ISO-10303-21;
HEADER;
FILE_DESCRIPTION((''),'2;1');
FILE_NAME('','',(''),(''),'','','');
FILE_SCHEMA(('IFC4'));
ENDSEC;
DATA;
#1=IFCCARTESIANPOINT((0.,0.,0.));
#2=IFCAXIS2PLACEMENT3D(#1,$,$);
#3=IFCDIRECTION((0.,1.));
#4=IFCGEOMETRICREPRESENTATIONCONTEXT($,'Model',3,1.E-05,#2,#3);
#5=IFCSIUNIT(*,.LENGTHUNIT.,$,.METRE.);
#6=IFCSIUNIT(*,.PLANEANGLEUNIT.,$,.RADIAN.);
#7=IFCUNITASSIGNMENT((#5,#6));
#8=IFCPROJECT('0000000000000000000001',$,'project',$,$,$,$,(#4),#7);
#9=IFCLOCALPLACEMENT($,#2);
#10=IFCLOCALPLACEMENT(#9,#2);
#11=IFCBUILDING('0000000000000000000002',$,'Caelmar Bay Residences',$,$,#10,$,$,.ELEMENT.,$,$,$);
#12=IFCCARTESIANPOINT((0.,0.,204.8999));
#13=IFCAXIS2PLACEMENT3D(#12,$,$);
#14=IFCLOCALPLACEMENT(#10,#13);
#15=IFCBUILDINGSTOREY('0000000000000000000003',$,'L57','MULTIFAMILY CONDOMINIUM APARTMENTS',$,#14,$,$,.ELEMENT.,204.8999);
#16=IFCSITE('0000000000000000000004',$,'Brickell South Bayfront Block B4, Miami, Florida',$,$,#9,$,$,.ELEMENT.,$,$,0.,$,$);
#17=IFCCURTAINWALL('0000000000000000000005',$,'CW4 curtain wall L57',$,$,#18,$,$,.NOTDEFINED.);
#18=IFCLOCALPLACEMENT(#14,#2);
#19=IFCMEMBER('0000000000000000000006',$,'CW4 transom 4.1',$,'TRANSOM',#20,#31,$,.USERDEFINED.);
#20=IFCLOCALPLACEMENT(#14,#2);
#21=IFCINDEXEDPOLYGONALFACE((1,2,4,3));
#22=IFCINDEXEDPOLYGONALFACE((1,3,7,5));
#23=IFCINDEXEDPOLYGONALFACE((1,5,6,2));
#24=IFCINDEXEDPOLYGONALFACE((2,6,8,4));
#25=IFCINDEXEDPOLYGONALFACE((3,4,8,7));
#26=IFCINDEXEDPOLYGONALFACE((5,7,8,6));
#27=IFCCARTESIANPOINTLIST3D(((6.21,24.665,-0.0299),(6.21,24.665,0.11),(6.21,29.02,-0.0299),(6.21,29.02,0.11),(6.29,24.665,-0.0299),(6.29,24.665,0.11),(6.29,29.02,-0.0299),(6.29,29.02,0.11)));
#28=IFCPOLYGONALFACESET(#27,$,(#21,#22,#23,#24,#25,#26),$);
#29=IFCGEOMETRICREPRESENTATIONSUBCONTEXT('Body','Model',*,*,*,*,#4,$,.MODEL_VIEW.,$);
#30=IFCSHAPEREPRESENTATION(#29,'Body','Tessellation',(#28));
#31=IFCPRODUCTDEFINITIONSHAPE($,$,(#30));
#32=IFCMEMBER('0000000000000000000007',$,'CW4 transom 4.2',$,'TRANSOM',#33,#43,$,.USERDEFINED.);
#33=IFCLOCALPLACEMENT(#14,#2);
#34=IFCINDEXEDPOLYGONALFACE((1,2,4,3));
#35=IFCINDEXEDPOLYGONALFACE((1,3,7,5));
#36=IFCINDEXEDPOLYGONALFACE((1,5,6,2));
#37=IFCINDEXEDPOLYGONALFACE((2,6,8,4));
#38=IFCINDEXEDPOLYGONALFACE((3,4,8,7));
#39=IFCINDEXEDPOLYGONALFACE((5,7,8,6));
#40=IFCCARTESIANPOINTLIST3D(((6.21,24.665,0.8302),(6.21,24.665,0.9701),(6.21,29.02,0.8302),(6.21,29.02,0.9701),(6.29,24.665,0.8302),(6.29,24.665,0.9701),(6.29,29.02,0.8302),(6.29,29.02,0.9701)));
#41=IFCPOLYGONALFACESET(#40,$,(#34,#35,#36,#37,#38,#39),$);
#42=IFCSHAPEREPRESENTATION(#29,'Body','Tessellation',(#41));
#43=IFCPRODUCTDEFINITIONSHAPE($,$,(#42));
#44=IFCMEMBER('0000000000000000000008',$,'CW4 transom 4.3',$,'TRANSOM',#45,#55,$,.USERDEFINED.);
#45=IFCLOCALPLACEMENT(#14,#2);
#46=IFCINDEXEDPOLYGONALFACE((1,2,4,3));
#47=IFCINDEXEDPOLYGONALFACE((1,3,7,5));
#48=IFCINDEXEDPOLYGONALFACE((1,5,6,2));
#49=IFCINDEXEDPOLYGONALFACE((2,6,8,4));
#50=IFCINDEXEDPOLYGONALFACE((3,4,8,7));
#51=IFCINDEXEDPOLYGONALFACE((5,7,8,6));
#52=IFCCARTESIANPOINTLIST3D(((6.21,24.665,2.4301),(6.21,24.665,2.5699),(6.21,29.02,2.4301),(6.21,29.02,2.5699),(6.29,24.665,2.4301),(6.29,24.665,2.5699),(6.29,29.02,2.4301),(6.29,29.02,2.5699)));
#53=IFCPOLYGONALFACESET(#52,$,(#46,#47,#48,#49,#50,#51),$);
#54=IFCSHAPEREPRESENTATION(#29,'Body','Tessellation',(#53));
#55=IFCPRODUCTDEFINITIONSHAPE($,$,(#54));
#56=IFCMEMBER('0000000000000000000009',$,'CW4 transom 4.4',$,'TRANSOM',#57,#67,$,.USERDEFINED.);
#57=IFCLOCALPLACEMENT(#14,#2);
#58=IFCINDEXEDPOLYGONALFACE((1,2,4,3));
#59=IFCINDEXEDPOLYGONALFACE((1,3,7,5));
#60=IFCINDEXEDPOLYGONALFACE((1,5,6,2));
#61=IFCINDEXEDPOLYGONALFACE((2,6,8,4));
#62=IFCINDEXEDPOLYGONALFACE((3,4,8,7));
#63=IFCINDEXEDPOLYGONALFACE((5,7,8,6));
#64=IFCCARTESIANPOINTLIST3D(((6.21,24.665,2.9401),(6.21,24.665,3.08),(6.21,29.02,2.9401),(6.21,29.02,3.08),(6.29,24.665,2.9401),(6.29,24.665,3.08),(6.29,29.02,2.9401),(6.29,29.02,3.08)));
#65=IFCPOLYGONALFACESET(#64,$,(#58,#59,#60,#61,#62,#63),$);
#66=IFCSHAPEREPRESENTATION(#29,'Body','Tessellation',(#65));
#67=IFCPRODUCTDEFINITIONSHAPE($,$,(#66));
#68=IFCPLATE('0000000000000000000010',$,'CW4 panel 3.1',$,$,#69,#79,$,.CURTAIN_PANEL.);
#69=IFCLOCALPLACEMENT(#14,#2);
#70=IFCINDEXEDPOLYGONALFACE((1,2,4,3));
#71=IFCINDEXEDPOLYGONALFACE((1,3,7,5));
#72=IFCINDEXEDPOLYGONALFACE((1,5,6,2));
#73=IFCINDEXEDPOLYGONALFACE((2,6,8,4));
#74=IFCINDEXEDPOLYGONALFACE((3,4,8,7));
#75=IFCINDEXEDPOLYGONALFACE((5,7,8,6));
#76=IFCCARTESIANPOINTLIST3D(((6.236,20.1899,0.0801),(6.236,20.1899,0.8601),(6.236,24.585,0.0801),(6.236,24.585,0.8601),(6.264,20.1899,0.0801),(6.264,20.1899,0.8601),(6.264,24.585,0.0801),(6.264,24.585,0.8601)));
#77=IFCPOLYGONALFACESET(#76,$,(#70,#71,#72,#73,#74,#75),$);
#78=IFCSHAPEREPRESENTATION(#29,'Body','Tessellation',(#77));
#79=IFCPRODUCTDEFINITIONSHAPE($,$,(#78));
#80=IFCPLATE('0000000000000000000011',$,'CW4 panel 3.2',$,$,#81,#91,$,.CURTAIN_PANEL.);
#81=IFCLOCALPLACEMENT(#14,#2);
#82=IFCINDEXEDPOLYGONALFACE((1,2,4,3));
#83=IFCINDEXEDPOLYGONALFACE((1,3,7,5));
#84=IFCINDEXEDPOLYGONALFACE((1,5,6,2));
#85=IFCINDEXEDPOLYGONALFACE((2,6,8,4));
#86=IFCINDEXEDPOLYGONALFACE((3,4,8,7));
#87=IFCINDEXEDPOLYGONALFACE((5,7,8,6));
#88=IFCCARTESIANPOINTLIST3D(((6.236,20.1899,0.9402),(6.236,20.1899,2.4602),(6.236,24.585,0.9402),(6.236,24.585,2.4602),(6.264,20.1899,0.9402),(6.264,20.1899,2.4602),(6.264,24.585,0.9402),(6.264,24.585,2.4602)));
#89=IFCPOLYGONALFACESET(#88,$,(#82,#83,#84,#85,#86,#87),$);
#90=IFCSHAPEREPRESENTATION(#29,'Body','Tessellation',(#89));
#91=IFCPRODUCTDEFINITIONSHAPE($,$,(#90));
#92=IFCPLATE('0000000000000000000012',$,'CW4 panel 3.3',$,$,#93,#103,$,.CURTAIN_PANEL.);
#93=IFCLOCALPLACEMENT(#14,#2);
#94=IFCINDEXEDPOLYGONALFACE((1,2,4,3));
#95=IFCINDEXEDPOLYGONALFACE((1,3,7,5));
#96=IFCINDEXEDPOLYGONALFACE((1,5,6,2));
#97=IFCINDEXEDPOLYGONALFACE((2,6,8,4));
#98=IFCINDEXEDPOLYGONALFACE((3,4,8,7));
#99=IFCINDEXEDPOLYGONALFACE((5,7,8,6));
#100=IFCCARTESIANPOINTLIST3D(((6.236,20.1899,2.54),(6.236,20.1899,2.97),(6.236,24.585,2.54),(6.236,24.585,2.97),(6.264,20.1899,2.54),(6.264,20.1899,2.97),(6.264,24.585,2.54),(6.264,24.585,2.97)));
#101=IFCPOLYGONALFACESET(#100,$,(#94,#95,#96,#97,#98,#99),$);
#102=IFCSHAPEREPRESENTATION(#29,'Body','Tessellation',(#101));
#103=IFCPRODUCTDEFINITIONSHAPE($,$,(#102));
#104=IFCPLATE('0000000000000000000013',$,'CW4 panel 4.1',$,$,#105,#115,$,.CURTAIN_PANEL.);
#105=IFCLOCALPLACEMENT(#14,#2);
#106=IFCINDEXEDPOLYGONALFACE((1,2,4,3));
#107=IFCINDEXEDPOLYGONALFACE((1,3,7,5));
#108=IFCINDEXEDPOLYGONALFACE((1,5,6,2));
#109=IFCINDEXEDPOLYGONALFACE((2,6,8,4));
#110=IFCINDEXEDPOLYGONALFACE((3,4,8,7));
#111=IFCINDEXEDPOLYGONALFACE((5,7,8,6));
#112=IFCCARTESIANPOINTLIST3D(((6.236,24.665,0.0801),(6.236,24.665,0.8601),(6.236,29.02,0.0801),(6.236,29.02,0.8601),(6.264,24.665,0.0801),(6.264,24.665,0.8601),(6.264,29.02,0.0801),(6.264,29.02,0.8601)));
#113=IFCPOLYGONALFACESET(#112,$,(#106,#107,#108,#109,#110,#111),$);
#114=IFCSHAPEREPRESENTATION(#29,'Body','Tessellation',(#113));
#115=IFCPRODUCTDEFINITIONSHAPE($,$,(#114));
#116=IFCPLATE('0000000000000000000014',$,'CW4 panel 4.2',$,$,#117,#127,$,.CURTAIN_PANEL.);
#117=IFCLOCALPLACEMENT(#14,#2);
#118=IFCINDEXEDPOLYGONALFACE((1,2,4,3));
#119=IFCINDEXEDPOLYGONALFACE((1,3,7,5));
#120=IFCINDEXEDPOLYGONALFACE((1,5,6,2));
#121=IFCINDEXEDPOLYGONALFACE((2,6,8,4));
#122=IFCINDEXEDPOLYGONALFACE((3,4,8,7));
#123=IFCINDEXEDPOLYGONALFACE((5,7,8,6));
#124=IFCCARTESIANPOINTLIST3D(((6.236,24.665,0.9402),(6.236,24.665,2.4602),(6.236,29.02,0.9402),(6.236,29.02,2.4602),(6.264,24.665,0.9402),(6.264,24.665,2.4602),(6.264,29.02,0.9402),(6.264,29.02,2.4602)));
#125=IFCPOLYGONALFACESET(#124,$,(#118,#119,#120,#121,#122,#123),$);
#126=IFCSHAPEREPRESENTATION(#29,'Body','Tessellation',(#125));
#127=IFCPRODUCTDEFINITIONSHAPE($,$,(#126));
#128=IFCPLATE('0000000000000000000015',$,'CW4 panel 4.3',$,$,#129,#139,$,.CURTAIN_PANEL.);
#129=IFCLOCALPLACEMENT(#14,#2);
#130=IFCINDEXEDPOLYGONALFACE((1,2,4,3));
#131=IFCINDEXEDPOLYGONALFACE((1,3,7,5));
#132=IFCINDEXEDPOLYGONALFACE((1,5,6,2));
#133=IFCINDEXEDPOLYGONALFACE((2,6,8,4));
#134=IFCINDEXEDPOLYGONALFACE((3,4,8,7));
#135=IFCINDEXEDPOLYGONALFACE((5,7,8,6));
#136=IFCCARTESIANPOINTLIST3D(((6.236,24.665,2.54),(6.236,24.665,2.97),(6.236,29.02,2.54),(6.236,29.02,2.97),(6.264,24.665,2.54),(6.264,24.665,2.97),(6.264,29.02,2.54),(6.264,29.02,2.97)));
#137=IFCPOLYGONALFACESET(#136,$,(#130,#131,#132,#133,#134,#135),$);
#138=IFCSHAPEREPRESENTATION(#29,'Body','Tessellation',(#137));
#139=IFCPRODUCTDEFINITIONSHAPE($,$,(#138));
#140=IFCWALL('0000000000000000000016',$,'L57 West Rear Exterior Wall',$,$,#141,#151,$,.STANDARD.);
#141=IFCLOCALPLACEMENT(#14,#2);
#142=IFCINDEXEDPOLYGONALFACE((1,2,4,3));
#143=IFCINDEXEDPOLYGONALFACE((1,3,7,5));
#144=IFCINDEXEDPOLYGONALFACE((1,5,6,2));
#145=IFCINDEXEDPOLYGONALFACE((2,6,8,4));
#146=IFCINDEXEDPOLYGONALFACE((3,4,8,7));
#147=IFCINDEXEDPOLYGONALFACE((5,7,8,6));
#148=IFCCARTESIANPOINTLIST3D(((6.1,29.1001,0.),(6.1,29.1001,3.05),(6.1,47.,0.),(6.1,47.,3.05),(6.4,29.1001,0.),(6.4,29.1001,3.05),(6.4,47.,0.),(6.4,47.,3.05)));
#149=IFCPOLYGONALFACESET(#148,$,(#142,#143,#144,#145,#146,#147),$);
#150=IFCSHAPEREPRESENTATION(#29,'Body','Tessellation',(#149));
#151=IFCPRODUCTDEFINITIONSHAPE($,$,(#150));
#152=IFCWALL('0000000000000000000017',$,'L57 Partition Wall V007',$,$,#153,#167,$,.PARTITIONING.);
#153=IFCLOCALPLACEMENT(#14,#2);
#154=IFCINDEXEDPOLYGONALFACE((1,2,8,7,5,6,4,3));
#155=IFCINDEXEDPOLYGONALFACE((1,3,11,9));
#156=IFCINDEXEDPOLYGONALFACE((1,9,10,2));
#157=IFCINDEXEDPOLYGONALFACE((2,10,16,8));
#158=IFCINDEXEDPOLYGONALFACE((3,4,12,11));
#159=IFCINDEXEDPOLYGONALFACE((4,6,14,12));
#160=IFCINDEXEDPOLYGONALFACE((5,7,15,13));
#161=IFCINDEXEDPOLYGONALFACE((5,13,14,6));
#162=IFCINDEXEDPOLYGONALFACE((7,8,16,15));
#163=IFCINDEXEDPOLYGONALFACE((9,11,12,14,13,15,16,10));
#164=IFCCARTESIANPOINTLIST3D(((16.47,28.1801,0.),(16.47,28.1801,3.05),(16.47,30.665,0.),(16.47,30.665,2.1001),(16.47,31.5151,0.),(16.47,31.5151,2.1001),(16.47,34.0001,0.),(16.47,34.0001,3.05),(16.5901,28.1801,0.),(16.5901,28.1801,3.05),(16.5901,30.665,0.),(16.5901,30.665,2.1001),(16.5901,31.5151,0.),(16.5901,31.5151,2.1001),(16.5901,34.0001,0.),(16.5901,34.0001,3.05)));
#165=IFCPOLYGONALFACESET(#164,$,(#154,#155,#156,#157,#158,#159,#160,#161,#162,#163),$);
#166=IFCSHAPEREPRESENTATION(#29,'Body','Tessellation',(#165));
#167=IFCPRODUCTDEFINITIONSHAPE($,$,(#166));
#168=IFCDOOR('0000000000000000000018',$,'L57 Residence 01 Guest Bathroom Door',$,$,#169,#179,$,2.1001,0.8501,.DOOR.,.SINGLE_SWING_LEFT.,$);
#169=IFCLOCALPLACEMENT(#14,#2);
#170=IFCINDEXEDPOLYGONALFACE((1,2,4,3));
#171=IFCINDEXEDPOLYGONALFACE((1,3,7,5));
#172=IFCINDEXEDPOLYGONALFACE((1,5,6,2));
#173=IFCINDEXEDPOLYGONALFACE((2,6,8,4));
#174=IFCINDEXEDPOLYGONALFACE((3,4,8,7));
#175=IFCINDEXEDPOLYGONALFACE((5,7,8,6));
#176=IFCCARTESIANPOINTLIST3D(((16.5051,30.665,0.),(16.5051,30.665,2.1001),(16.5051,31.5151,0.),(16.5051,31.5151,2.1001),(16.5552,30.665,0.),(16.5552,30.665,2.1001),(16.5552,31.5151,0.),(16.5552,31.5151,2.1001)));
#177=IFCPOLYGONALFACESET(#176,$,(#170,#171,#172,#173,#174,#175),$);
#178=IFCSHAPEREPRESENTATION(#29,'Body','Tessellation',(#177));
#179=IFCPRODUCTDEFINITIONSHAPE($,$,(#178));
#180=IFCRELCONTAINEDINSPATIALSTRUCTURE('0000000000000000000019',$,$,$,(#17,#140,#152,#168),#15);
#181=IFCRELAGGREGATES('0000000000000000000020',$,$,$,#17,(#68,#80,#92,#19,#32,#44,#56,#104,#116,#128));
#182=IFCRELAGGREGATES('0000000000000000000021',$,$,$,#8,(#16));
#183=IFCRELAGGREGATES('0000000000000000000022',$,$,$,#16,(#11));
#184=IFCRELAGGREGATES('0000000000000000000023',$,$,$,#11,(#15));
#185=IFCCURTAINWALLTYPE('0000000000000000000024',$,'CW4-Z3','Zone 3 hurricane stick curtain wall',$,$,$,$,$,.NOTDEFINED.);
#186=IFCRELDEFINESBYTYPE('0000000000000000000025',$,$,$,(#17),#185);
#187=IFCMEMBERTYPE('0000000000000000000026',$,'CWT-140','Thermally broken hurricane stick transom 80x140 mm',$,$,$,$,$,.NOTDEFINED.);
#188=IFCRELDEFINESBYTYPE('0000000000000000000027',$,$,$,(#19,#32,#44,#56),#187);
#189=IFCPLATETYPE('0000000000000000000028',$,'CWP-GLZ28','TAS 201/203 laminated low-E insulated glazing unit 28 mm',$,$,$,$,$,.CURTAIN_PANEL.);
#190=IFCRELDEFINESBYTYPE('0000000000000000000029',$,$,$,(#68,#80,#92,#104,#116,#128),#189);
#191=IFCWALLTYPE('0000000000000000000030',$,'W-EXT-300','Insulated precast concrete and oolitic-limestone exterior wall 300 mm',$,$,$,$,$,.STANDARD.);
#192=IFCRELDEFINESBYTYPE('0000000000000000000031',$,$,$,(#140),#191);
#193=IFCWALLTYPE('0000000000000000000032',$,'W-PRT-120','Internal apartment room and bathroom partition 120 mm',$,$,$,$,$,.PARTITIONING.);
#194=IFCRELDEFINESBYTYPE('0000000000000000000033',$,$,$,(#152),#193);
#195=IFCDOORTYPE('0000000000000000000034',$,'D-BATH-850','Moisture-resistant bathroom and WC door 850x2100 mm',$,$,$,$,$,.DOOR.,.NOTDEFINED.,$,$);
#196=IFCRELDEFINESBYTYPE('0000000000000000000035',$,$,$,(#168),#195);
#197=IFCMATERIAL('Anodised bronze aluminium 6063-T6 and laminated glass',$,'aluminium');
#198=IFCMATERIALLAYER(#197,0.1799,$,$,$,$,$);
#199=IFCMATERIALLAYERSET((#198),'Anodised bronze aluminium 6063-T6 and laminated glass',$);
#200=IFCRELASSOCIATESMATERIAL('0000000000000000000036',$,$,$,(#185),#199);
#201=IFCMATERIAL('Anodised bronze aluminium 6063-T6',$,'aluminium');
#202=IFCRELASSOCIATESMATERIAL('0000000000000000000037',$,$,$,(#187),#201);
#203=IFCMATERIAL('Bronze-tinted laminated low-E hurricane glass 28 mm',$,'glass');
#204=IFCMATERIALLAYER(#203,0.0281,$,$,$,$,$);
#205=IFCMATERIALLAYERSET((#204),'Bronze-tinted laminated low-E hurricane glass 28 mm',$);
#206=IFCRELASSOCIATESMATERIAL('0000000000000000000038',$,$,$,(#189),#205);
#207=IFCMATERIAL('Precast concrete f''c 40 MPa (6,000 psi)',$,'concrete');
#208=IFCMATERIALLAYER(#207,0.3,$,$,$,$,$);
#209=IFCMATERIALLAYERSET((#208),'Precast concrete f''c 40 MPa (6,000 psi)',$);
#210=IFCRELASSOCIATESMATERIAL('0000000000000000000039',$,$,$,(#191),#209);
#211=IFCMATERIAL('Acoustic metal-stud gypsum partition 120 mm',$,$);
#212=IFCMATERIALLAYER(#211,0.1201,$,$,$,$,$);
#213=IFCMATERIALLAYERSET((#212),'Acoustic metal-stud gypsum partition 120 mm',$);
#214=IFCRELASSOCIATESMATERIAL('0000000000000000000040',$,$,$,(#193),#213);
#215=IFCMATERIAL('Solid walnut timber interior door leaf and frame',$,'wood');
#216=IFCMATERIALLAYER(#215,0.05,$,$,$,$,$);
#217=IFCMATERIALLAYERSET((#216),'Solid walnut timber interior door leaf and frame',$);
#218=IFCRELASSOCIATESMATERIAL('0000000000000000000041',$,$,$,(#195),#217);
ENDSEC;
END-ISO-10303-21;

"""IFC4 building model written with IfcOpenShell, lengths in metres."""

from ifc_helpers import new_model, si_unit, direction, frame, frame_2d, origin, origin_2d, place, context, subcontext, project, spatial, rectangle, extrude, material, layer, layer_set, material_profile, profile_set, type_object, element, fill, aggregate, save


model = new_model("IFC4")

# Units and contexts
model_context = context("Model", 3, precision=1e-05, world=origin(), true_north=direction((0.0, 1.0)))
body_context = subcontext(model_context, "Body", "Model", "MODEL_VIEW")
ifc_project = project(units=[si_unit("LENGTHUNIT", "METRE"), si_unit("PLANEANGLEUNIT", "RADIAN")], contexts=[model_context])

# Site, building, storey
site_placement = place(None, origin())
site = spatial("IfcSite", under=ifc_project, at=site_placement, Name="Brickell South Bayfront Block B4, Miami, Florida", CompositionType="ELEMENT", RefElevation=0.0)
building_placement = place(site_placement, origin())
building = spatial("IfcBuilding", under=site, at=building_placement, Name="Caelmar Bay Residences", CompositionType="ELEMENT")
storey_placement = place(building_placement, frame((0.0, 0.0, 204.8999)))
storey = spatial("IfcBuildingStorey", under=building, at=storey_placement, Name="L57", Description="MULTIFAMILY CONDOMINIUM APARTMENTS", CompositionType="ELEMENT", Elevation=204.8999)

# Curtain wall, members, plates
ifc_material_1 = material(Name="Anodised bronze aluminium 6063-T6 and laminated glass", Category="aluminium")
ifc_layer_1 = layer(ifc_material_1, 0.1799)
ifc_layer_set_1 = layer_set([ifc_layer_1], Name="Anodised bronze aluminium 6063-T6 and laminated glass")
curtain_wall_type = type_object("IfcCurtainWallType", Name="CW4-Z3", Description="Zone 3 hurricane stick curtain wall", PredefinedType="NOTDEFINED", material=ifc_layer_set_1)
curtain_wall_placement = place(storey_placement, origin())
curtain_wall = element("IfcCurtainWall", 1, at=curtain_wall_placement, inside=storey, type_object=curtain_wall_type, Name="CW4 curtain wall L57", PredefinedType="NOTDEFINED")
ifc_material_2 = material(Name="Anodised bronze aluminium 6063-T6", Category="aluminium")
ifc_material_profile_1 = material_profile(ifc_material_2, rectangle(XDim=0.0801, YDim=0.1399, at=origin_2d()), Name="CWT-80X140")
ifc_profile_set_1 = profile_set([ifc_material_profile_1], Name="Anodised bronze aluminium 6063-T6")
member_type_1 = type_object("IfcMemberType", Name="CWT-140", Description="Thermally broken hurricane stick transom 80x140 mm", PredefinedType="NOTDEFINED", material=ifc_profile_set_1)
member_1_placement = place(storey_placement, frame((6.25, 24.665, 0.04), z_axis=(0.0, 1.0, 0.0), x_axis=(-1.0, 0.0, 0.0)))
member_1 = element("IfcMember", 2, at=member_1_placement, type_object=member_type_1, Name="CW4 transom 4.1", ObjectType="TRANSOM", PredefinedType="USERDEFINED", context=body_context, shape_type="SweptSolid", body=[
    extrude(rectangle(XDim=0.0801, YDim=0.1399, at=origin_2d()), origin(), (0.0, 0.0, 1.0), 4.355),
])
member_2_placement = place(storey_placement, frame((6.25, 24.665, 0.9001), z_axis=(0.0, 1.0, 0.0), x_axis=(-1.0, 0.0, 0.0)))
member_2 = element("IfcMember", 3, at=member_2_placement, type_object=member_type_1, Name="CW4 transom 4.2", ObjectType="TRANSOM", PredefinedType="USERDEFINED", context=body_context, shape_type="SweptSolid", body=[
    extrude(rectangle(XDim=0.0801, YDim=0.1399, at=origin_2d()), origin(), (0.0, 0.0, 1.0), 4.355),
])
member_3_placement = place(storey_placement, frame((6.25, 24.665, 2.5), z_axis=(0.0, 1.0, 0.0), x_axis=(-1.0, 0.0, 0.0)))
member_3 = element("IfcMember", 4, at=member_3_placement, type_object=member_type_1, Name="CW4 transom 4.3", ObjectType="TRANSOM", PredefinedType="USERDEFINED", context=body_context, shape_type="SweptSolid", body=[
    extrude(rectangle(XDim=0.0801, YDim=0.1399, at=origin_2d()), origin(), (0.0, 0.0, 1.0), 4.355),
])
member_4_placement = place(storey_placement, frame((6.25, 24.665, 3.01), z_axis=(0.0, 1.0, 0.0), x_axis=(-1.0, 0.0, 0.0)))
member_4 = element("IfcMember", 5, at=member_4_placement, type_object=member_type_1, Name="CW4 transom 4.4", ObjectType="TRANSOM", PredefinedType="USERDEFINED", context=body_context, shape_type="SweptSolid", body=[
    extrude(rectangle(XDim=0.0801, YDim=0.1399, at=origin_2d()), origin(), (0.0, 0.0, 1.0), 4.355),
])
ifc_material_3 = material(Name="Bronze-tinted laminated low-E hurricane glass 28 mm", Category="glass")
ifc_layer_2 = layer(ifc_material_3, 0.0281)
ifc_layer_set_2 = layer_set([ifc_layer_2], Name="Bronze-tinted laminated low-E hurricane glass 28 mm")
plate_type = type_object("IfcPlateType", Name="CWP-GLZ28", Description="TAS 201/203 laminated low-E insulated glazing unit 28 mm", PredefinedType="CURTAIN_PANEL", material=ifc_layer_set_2)
plate_1_placement = place(storey_placement, frame((6.25, 22.3875, 0.0801), z_axis=(0.0, 0.0, 1.0), x_axis=(0.0, 1.0, 0.0)))
plate_1 = element("IfcPlate", 6, at=plate_1_placement, type_object=plate_type, Name="CW4 panel 3.1", PredefinedType="CURTAIN_PANEL", context=body_context, shape_type="SweptSolid", body=[
    extrude(rectangle(XDim=4.395, YDim=0.0281, at=origin_2d()), origin(), (0.0, 0.0, 1.0), 0.78),
])
plate_2_placement = place(storey_placement, frame((6.25, 22.3875, 0.9402), z_axis=(0.0, 0.0, 1.0), x_axis=(0.0, 1.0, 0.0)))
plate_2 = element("IfcPlate", 7, at=plate_2_placement, type_object=plate_type, Name="CW4 panel 3.2", PredefinedType="CURTAIN_PANEL", context=body_context, shape_type="SweptSolid", body=[
    extrude(rectangle(XDim=4.395, YDim=0.0281, at=origin_2d()), origin(), (0.0, 0.0, 1.0), 1.52),
])
plate_3_placement = place(storey_placement, frame((6.25, 22.3875, 2.54), z_axis=(0.0, 0.0, 1.0), x_axis=(0.0, 1.0, 0.0)))
plate_3 = element("IfcPlate", 8, at=plate_3_placement, type_object=plate_type, Name="CW4 panel 3.3", PredefinedType="CURTAIN_PANEL", context=body_context, shape_type="SweptSolid", body=[
    extrude(rectangle(XDim=4.395, YDim=0.0281, at=origin_2d()), origin(), (0.0, 0.0, 1.0), 0.4299),
])
plate_4_placement = place(storey_placement, frame((6.25, 26.8425, 0.0801), z_axis=(0.0, 0.0, 1.0), x_axis=(0.0, 1.0, 0.0)))
plate_4 = element("IfcPlate", 9, at=plate_4_placement, type_object=plate_type, Name="CW4 panel 4.1", PredefinedType="CURTAIN_PANEL", context=body_context, shape_type="SweptSolid", body=[
    extrude(rectangle(XDim=4.355, YDim=0.0281, at=origin_2d()), origin(), (0.0, 0.0, 1.0), 0.78),
])
plate_5_placement = place(storey_placement, frame((6.25, 26.8425, 0.9402), z_axis=(0.0, 0.0, 1.0), x_axis=(0.0, 1.0, 0.0)))
plate_5 = element("IfcPlate", 10, at=plate_5_placement, type_object=plate_type, Name="CW4 panel 4.2", PredefinedType="CURTAIN_PANEL", context=body_context, shape_type="SweptSolid", body=[
    extrude(rectangle(XDim=4.355, YDim=0.0281, at=origin_2d()), origin(), (0.0, 0.0, 1.0), 1.52),
])
plate_6_placement = place(storey_placement, frame((6.25, 26.8425, 2.54), z_axis=(0.0, 0.0, 1.0), x_axis=(0.0, 1.0, 0.0)))
plate_6 = element("IfcPlate", 11, at=plate_6_placement, type_object=plate_type, Name="CW4 panel 4.3", PredefinedType="CURTAIN_PANEL", context=body_context, shape_type="SweptSolid", body=[
    extrude(rectangle(XDim=4.355, YDim=0.0281, at=origin_2d()), origin(), (0.0, 0.0, 1.0), 0.4299),
])
aggregate(curtain_wall, [plate_1, plate_2, plate_3, member_1, member_2, member_3, member_4, plate_4, plate_5, plate_6])

# Wall
ifc_material_4 = material(Name="Precast concrete f'c 40 MPa (6,000 psi)", Category="concrete")
ifc_layer_3 = layer(ifc_material_4, 0.3)
ifc_layer_set_3 = layer_set([ifc_layer_3], Name="Precast concrete f'c 40 MPa (6,000 psi)")
wall_type_1 = type_object("IfcWallType", Name="W-EXT-300", Description="Insulated precast concrete and oolitic-limestone exterior wall 300 mm", PredefinedType="STANDARD", material=ifc_layer_set_3)
wall_1_placement = place(storey_placement, frame((6.25, 29.1001, 0.0), z_axis=(0.0, 0.0, 1.0), x_axis=(0.0, 1.0, 0.0)))
element("IfcWall", 12, at=wall_1_placement, inside=storey, type_object=wall_type_1, Name="L57 West Rear Exterior Wall", PredefinedType="STANDARD", context=body_context, shape_type="SweptSolid", body=[
    extrude(rectangle(XDim=17.8999, YDim=0.3, at=frame_2d((8.95, 0.0))), origin(), (0.0, 0.0, 1.0), 3.05),
])

# Wall, opening, door
ifc_material_5 = material(Name="Acoustic metal-stud gypsum partition 120 mm")
ifc_layer_4 = layer(ifc_material_5, 0.1201)
ifc_layer_set_4 = layer_set([ifc_layer_4], Name="Acoustic metal-stud gypsum partition 120 mm")
wall_type_2 = type_object("IfcWallType", Name="W-PRT-120", Description="Internal apartment room and bathroom partition 120 mm", PredefinedType="PARTITIONING", material=ifc_layer_set_4)
wall_2_placement = place(storey_placement, frame((16.53, 28.1799, 0.0), z_axis=(0.0, 0.0, 1.0), x_axis=(0.0, 1.0, 0.0)))
wall_2 = element("IfcWall", 13, at=wall_2_placement, inside=storey, type_object=wall_type_2, Name="L57 Partition Wall V007", PredefinedType="PARTITIONING", context=body_context, shape_type="SweptSolid", body=[
    extrude(rectangle(XDim=5.8201, YDim=0.1201, at=frame_2d((2.9102, 0.0))), origin(), (0.0, 0.0, 1.0), 3.05),
])
opening_1_placement = place(wall_2_placement, frame((2.4851, 0.0, 0.0)))
opening_1 = element("IfcOpeningElement", 14, at=opening_1_placement, cuts=wall_2, PredefinedType="OPENING", context=body_context, shape_type="SweptSolid", body=[
    extrude(rectangle(XDim=0.8501, YDim=2.1001, at=frame_2d((0.425, 1.05))), frame((0.0, 0.0701, 0.0), z_axis=(0.0, -1.0, 0.0), x_axis=(1.0, 0.0, 0.0)), (0.0, 0.0, 1.0), 0.1401),
])
ifc_material_6 = material(Name="Solid walnut timber interior door leaf and frame", Category="wood")
ifc_layer_5 = layer(ifc_material_6, 0.05)
ifc_layer_set_5 = layer_set([ifc_layer_5], Name="Solid walnut timber interior door leaf and frame")
door_type_1 = type_object("IfcDoorType", Name="D-BATH-850", Description="Moisture-resistant bathroom and WC door 850x2100 mm", OperationType="NOTDEFINED", PredefinedType="DOOR", material=ifc_layer_set_5)
door_1_placement = place(opening_1_placement, origin())
door_1 = element("IfcDoor", 15, at=door_1_placement, inside=storey, type_object=door_type_1, Name="L57 Residence 01 Guest Bathroom Door", OperationType="SINGLE_SWING_LEFT", OverallHeight=2.1001, OverallWidth=0.8501, PredefinedType="DOOR", context=body_context, shape_type="SweptSolid", body=[
    extrude(rectangle(XDim=0.8501, YDim=2.1001, at=frame_2d((0.425, 1.05))), frame((0.0, 0.0249, 0.0), z_axis=(0.0, -1.0, 0.0), x_axis=(1.0, 0.0, 0.0)), (0.0, 0.0, 1.0), 0.05),
])
fill(opening_1, door_1)

save(model, "model.ifc")
